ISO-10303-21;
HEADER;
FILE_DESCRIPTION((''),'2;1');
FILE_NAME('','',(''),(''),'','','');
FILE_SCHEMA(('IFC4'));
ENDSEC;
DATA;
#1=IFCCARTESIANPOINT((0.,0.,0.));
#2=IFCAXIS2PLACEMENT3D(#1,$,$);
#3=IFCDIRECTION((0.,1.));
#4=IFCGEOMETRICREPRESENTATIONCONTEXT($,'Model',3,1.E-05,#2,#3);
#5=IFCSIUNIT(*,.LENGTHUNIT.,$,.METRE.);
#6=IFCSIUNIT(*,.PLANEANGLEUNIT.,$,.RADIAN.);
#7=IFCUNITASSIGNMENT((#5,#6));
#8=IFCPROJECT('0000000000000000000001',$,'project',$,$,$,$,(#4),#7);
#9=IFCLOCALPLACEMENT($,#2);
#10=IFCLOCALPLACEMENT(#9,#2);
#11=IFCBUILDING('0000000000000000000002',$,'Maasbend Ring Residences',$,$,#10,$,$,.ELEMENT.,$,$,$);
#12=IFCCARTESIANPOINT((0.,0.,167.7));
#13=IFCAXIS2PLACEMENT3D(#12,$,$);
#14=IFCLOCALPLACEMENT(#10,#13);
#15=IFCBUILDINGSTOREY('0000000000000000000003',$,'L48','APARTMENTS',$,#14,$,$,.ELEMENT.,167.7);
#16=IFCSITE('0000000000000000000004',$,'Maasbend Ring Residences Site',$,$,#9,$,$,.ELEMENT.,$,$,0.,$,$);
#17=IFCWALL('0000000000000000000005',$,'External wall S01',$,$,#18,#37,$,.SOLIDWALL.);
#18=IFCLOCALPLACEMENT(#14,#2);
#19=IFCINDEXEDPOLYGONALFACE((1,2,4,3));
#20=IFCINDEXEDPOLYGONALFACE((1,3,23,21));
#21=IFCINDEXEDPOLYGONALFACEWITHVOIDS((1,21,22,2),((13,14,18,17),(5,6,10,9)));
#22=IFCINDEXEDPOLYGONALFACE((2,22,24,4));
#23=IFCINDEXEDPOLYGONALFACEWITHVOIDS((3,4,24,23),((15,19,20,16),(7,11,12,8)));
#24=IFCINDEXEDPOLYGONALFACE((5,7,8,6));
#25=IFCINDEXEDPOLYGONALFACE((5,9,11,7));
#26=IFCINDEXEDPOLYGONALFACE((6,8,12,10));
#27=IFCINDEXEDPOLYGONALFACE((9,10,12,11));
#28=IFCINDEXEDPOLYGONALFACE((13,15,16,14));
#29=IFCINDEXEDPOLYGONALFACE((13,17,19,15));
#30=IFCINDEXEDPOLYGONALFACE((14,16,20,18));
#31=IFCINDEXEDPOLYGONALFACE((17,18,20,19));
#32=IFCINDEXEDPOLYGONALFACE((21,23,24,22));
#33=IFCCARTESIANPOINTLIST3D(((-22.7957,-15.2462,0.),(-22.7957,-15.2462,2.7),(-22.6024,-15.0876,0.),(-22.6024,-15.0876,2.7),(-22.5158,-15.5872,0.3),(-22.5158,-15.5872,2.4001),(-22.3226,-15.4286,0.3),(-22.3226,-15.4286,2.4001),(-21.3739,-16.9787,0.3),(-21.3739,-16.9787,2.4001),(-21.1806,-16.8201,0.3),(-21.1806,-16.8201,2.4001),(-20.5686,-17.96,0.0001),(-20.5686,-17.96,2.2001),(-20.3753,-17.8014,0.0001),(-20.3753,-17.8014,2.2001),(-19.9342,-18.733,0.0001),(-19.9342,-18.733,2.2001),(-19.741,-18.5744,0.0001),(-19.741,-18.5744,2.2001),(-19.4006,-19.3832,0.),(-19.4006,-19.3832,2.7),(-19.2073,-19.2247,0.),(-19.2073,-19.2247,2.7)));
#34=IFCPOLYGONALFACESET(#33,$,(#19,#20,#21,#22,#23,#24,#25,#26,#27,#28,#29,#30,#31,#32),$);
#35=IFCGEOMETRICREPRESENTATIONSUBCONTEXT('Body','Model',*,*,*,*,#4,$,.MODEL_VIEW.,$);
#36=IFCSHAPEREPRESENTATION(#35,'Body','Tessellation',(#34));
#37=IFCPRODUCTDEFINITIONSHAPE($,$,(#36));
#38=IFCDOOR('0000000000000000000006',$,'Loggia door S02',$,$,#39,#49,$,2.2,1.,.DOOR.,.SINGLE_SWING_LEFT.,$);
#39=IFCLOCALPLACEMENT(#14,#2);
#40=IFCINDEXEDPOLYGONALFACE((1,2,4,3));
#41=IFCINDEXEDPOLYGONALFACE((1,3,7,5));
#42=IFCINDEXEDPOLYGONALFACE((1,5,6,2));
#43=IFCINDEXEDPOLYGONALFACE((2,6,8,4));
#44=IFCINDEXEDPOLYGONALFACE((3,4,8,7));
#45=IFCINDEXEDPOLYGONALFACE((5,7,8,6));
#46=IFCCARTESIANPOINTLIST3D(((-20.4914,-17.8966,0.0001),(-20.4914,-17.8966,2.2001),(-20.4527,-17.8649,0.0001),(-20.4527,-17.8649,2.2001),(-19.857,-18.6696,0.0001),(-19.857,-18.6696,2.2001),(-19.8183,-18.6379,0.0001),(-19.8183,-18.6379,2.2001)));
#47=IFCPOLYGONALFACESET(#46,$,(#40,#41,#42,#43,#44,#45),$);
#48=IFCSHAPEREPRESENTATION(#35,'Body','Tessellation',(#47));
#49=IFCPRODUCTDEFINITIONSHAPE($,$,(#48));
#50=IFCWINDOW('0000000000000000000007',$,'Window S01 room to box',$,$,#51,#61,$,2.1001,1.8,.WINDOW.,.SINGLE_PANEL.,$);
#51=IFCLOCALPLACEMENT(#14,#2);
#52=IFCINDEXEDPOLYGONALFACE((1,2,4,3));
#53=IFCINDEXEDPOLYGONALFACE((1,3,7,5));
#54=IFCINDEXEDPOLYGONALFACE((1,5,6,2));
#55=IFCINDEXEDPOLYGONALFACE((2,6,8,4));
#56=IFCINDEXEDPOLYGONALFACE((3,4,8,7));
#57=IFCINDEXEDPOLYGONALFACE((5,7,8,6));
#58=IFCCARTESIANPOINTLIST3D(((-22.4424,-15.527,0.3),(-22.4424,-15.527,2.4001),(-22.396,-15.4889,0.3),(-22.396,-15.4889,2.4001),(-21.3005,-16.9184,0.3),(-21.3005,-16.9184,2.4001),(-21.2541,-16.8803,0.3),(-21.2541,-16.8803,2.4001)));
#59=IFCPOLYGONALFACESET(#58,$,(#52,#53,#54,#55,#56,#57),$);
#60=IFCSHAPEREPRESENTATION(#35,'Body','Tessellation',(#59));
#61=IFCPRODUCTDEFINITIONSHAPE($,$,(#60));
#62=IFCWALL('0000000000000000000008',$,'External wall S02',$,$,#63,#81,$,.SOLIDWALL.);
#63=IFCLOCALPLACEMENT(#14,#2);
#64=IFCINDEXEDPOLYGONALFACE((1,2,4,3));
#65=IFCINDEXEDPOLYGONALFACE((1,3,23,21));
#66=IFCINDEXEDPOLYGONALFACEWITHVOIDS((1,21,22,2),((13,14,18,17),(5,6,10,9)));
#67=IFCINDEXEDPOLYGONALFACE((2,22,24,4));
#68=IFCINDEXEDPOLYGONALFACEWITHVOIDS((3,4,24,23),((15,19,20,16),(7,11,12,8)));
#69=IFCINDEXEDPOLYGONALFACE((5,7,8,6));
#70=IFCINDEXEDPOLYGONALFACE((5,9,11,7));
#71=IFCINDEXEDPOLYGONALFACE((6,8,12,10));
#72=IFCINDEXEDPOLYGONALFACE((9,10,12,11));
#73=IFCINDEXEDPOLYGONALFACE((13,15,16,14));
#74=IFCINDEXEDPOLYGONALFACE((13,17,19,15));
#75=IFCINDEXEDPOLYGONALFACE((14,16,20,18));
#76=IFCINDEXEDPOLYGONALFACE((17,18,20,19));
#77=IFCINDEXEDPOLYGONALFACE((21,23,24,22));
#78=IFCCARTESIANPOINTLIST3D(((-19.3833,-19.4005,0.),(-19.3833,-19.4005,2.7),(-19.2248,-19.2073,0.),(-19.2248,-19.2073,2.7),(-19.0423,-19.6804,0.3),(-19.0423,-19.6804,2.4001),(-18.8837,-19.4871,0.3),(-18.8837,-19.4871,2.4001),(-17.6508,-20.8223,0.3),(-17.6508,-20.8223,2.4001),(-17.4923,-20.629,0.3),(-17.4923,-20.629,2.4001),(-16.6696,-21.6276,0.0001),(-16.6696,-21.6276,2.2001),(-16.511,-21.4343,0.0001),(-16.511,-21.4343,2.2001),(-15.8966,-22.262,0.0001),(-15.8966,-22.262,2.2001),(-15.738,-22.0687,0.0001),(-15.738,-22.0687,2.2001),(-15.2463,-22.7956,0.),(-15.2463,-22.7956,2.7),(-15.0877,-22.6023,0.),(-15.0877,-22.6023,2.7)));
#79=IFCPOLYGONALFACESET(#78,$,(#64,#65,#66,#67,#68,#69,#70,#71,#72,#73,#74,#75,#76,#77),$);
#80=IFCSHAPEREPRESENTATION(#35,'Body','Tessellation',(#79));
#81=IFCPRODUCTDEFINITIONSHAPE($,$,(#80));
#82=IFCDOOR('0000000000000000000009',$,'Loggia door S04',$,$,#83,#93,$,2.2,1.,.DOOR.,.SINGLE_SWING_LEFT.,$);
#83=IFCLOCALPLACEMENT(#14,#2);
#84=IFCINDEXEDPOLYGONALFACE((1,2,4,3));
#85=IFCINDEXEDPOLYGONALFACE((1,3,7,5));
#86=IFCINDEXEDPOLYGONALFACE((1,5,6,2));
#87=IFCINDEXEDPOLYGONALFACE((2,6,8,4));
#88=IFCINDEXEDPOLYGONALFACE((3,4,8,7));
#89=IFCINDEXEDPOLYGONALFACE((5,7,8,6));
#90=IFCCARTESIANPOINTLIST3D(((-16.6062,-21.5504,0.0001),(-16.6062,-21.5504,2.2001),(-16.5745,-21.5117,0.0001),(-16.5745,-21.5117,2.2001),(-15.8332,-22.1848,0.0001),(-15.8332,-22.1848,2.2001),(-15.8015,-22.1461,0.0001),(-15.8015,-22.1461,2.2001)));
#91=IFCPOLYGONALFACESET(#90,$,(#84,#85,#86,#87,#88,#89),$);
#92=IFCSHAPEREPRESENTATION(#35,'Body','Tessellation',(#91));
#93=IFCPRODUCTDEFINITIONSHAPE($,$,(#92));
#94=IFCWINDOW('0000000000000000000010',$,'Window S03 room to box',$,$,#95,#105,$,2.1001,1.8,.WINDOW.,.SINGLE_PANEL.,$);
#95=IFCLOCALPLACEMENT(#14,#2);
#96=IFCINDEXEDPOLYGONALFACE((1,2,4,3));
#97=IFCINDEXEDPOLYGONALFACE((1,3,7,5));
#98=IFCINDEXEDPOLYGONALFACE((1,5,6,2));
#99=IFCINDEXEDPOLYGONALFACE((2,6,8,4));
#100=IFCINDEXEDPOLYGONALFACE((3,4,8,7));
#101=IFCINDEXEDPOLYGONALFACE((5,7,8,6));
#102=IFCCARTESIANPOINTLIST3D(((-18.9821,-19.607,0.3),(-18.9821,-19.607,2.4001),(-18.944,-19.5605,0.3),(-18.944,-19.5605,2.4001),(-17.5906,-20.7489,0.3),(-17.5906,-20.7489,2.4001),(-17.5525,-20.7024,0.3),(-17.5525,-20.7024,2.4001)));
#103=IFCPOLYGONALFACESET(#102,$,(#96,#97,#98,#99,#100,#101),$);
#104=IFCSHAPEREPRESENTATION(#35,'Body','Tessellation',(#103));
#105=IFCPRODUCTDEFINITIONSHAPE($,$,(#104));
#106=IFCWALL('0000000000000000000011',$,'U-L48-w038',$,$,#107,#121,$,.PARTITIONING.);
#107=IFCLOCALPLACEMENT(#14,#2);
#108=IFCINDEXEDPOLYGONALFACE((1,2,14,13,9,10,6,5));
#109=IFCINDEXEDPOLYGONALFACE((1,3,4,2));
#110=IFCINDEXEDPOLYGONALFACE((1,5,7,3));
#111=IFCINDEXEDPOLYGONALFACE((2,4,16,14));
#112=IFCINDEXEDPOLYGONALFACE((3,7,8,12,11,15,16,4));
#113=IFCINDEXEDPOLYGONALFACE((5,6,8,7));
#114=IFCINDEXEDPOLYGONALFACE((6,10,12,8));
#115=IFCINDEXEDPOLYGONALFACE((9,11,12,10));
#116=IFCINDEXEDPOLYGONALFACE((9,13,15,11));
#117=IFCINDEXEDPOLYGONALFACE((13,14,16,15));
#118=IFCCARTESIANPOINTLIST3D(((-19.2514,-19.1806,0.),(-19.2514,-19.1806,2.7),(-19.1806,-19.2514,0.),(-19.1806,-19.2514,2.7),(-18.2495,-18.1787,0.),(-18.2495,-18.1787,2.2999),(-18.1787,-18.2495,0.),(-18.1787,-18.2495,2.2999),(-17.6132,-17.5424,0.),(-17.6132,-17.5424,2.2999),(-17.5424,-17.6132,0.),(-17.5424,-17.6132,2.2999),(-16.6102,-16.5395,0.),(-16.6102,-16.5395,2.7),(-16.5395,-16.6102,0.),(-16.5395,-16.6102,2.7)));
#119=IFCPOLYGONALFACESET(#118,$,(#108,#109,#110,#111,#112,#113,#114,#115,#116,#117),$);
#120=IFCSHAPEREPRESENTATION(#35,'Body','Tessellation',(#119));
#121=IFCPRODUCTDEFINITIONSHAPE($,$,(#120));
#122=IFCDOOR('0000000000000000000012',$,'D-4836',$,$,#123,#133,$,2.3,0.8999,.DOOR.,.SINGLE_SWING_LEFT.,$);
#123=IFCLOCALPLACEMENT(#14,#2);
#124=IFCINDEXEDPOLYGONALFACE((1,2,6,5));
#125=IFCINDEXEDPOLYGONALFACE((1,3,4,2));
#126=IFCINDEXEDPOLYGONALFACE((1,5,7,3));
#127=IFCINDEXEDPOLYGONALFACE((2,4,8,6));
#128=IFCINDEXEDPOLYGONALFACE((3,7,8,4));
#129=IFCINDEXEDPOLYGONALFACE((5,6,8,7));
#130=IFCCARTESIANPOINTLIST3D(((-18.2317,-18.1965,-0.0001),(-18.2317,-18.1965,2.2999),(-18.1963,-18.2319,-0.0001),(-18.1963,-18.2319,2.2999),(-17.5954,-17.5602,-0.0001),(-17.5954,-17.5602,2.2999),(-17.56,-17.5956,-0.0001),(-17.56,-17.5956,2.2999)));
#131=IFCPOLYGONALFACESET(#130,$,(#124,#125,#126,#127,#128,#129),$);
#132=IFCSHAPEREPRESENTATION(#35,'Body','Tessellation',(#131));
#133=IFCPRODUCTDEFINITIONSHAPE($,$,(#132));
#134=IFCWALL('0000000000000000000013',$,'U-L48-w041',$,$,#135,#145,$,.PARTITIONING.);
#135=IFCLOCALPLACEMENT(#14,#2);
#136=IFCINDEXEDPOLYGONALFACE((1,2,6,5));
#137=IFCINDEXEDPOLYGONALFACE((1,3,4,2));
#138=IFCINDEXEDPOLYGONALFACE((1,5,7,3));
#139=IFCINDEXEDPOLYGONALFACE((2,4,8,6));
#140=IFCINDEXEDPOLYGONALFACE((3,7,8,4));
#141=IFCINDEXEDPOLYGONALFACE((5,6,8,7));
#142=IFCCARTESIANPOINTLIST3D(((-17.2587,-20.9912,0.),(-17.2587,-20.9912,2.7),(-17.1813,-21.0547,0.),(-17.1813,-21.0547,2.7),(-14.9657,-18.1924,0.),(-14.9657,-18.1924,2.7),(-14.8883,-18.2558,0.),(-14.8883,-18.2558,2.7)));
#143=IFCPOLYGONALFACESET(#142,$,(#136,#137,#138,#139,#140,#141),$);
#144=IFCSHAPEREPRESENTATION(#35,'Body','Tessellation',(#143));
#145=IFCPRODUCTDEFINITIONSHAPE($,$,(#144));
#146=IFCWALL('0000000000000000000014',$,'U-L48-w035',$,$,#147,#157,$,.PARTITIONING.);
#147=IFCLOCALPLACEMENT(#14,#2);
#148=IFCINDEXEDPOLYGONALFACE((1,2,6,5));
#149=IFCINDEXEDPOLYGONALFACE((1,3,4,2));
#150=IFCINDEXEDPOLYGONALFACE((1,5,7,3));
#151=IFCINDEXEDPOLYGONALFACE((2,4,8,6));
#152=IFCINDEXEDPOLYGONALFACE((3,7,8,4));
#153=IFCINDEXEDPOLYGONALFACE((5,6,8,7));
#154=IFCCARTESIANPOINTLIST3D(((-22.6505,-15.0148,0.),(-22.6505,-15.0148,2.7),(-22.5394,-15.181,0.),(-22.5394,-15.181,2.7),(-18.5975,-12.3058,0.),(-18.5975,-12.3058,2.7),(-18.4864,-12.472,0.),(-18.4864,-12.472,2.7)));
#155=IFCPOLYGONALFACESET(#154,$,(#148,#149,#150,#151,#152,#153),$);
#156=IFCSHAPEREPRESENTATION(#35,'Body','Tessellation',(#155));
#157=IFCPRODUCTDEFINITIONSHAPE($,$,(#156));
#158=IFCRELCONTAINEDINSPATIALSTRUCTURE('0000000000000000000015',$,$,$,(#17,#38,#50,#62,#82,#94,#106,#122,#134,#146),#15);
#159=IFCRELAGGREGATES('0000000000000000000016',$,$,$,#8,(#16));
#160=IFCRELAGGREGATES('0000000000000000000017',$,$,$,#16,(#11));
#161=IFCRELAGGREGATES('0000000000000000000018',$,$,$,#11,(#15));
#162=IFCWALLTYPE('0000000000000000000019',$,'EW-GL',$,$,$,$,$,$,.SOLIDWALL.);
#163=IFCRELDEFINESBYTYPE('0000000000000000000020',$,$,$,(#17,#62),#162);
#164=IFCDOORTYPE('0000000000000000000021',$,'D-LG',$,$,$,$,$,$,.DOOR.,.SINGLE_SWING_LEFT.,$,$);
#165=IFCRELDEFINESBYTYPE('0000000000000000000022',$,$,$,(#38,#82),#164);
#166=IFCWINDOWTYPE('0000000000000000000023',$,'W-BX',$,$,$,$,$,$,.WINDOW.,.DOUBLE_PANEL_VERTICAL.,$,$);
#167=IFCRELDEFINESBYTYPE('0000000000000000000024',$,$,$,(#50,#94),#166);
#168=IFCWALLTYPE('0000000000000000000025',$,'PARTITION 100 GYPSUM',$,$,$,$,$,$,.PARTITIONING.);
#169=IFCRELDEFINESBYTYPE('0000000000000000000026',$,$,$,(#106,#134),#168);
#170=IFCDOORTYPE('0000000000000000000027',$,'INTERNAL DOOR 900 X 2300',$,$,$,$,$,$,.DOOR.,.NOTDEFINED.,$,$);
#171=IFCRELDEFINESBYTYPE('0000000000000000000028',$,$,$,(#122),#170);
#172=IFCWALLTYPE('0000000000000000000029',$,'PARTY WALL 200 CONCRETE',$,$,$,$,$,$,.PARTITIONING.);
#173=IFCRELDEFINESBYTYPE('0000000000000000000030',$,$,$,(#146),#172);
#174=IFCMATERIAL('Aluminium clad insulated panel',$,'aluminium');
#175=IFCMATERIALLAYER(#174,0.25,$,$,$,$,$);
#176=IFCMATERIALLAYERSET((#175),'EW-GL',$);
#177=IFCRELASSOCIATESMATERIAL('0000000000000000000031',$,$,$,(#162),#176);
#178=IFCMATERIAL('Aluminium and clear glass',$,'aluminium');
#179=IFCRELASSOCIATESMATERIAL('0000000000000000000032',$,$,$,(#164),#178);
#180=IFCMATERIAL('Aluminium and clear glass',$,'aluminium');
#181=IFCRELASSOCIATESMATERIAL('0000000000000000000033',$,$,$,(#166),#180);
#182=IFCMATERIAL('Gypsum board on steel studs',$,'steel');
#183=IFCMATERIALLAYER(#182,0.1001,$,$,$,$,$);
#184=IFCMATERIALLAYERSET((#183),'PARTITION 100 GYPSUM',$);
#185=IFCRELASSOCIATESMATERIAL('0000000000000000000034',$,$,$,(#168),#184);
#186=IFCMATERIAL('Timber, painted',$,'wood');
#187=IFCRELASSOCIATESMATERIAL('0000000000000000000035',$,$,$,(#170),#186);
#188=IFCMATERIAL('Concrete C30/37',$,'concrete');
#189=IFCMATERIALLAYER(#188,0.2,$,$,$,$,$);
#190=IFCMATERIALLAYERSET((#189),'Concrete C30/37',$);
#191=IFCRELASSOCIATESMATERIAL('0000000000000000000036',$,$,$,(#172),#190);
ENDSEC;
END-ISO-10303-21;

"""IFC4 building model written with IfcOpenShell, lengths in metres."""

from ifc_helpers import new_model, si_unit, direction, frame, frame_2d, origin, place, context, subcontext, project, spatial, rectangle, extrude, material, layer, layer_set, type_object, element, fill, save


model = new_model("IFC4")

# Units and contexts
model_context = context("Model", 3, precision=1e-05, world=origin(), true_north=direction((0.0, 1.0)))
body_context = subcontext(model_context, "Body", "Model", "MODEL_VIEW")
ifc_project = project(units=[si_unit("LENGTHUNIT", "METRE"), si_unit("PLANEANGLEUNIT", "RADIAN")], contexts=[model_context])

# Site, building, storey
site_placement = place(None, origin())
site = spatial("IfcSite", under=ifc_project, at=site_placement, Name="Maasbend Ring Residences Site", CompositionType="ELEMENT", RefElevation=0.0)
building_placement = place(site_placement, origin())
building = spatial("IfcBuilding", under=site, at=building_placement, Name="Maasbend Ring Residences", CompositionType="ELEMENT")
storey_placement = place(building_placement, frame((0.0, 0.0, 167.7)))
storey = spatial("IfcBuildingStorey", under=building, at=storey_placement, Name="L48", Description="APARTMENTS", CompositionType="ELEMENT", Elevation=167.7)

# Walls, openings, doors, windows
ifc_material_1 = material(Name="Aluminium clad insulated panel", Category="aluminium")
ifc_layer_1 = layer(ifc_material_1, 0.25)
ifc_layer_set_1 = layer_set([ifc_layer_1], Name="EW-GL")
wall_type_1 = type_object("IfcWallType", Name="EW-GL", PredefinedType="SOLIDWALL", material=ifc_layer_set_1)
wall_1_placement = place(storey_placement, frame((-22.699, -15.167, 0.0), z_axis=(0.0, 0.0, 1.0), x_axis=(0.634382, -0.773019, 0.0)))
wall_1 = element("IfcWall", 1, at=wall_1_placement, inside=storey, type_object=wall_type_1, Name="External wall S01", PredefinedType="SOLIDWALL", context=body_context, shape_type="SweptSolid", body=[
    extrude(rectangle(XDim=5.3518, YDim=0.25, at=frame_2d((2.6758, 0.0))), origin(), (0.0, 0.0, 1.0), 2.7),
])
opening_1_placement = place(wall_1_placement, frame((0.4412, 0.0, 0.3)))
opening_1 = element("IfcOpeningElement", 2, at=opening_1_placement, cuts=wall_1, PredefinedType="OPENING", context=body_context, shape_type="SweptSolid", body=[
    extrude(rectangle(XDim=1.8, YDim=2.1001, at=frame_2d((0.8999, 1.05))), frame((0.0, 0.135, 0.0), z_axis=(0.0, -1.0, 0.0), x_axis=(1.0, 0.0, 0.0)), (0.0, 0.0, 1.0), 0.27),
])
opening_2_placement = place(wall_1_placement, frame((3.5105, 0.0, 0.0)))
opening_2 = element("IfcOpeningElement", 3, at=opening_2_placement, cuts=wall_1, PredefinedType="OPENING", context=body_context, shape_type="SweptSolid", body=[
    extrude(rectangle(XDim=1.0, YDim=2.2, at=frame_2d((0.5, 1.1001))), frame((0.0, 0.135, 0.0), z_axis=(0.0, -1.0, 0.0), x_axis=(1.0, 0.0, 0.0)), (0.0, 0.0, 1.0), 0.27),
])
ifc_material_2 = material(Name="Aluminium and clear glass", Category="aluminium")
door_type_1 = type_object("IfcDoorType", Name="D-LG", OperationType="SINGLE_SWING_LEFT", PredefinedType="DOOR", material=ifc_material_2)
door_1_placement = place(opening_2_placement, origin())
door_1 = element("IfcDoor", 4, at=door_1_placement, inside=storey, type_object=door_type_1, Name="Loggia door S02", OperationType="SINGLE_SWING_LEFT", OverallHeight=2.2, OverallWidth=1.0, PredefinedType="DOOR", context=body_context, shape_type="SweptSolid", body=[
    extrude(rectangle(XDim=1.0, YDim=2.2, at=frame_2d((0.5, 1.1001))), frame((0.0, 0.0249, 0.0), z_axis=(0.0, -1.0, 0.0), x_axis=(1.0, 0.0, 0.0)), (0.0, 0.0, 1.0), 0.05),
])
fill(opening_2, door_1)
ifc_material_3 = material(Name="Aluminium and clear glass", Category="aluminium")
window_type_1 = type_object("IfcWindowType", Name="W-BX", PartitioningType="DOUBLE_PANEL_VERTICAL", PredefinedType="WINDOW", material=ifc_material_3)
window_1_placement = place(opening_1_placement, origin())
window_1 = element("IfcWindow", 5, at=window_1_placement, inside=storey, type_object=window_type_1, Name="Window S01 room to box", OverallHeight=2.1001, OverallWidth=1.8, PartitioningType="SINGLE_PANEL", PredefinedType="WINDOW", context=body_context, shape_type="SweptSolid", body=[
    extrude(rectangle(XDim=1.8, YDim=2.1001, at=frame_2d((0.8999, 1.05))), frame((0.0, 0.03, 0.0), z_axis=(0.0, -1.0, 0.0), x_axis=(1.0, 0.0, 0.0)), (0.0, 0.0, 1.0), 0.0601),
])
fill(opening_1, window_1)
wall_2_placement = place(storey_placement, frame((-19.304, -19.304, 0.0), z_axis=(0.0, 0.0, 1.0), x_axis=(0.773019, -0.634382, 0.0)))
wall_2 = element("IfcWall", 6, at=wall_2_placement, inside=storey, type_object=wall_type_1, Name="External wall S02", PredefinedType="SOLIDWALL", context=body_context, shape_type="SweptSolid", body=[
    extrude(rectangle(XDim=5.3518, YDim=0.25, at=frame_2d((2.6758, 0.0))), origin(), (0.0, 0.0, 1.0), 2.7),
])
opening_3_placement = place(wall_2_placement, frame((0.4412, 0.0, 0.3)))
opening_3 = element("IfcOpeningElement", 7, at=opening_3_placement, cuts=wall_2, PredefinedType="OPENING", context=body_context, shape_type="SweptSolid", body=[
    extrude(rectangle(XDim=1.8, YDim=2.1001, at=frame_2d((0.8999, 1.05))), frame((0.0, 0.135, 0.0), z_axis=(0.0, -1.0, 0.0), x_axis=(1.0, 0.0, 0.0)), (0.0, 0.0, 1.0), 0.27),
])
opening_4_placement = place(wall_2_placement, frame((3.5105, 0.0, 0.0)))
opening_4 = element("IfcOpeningElement", 8, at=opening_4_placement, cuts=wall_2, PredefinedType="OPENING", context=body_context, shape_type="SweptSolid", body=[
    extrude(rectangle(XDim=1.0, YDim=2.2, at=frame_2d((0.5, 1.1001))), frame((0.0, 0.135, 0.0), z_axis=(0.0, -1.0, 0.0), x_axis=(1.0, 0.0, 0.0)), (0.0, 0.0, 1.0), 0.27),
])
door_2_placement = place(opening_4_placement, origin())
door_2 = element("IfcDoor", 9, at=door_2_placement, inside=storey, type_object=door_type_1, Name="Loggia door S04", OperationType="SINGLE_SWING_LEFT", OverallHeight=2.2, OverallWidth=1.0, PredefinedType="DOOR", context=body_context, shape_type="SweptSolid", body=[
    extrude(rectangle(XDim=1.0, YDim=2.2, at=frame_2d((0.5, 1.1001))), frame((0.0, 0.0249, 0.0), z_axis=(0.0, -1.0, 0.0), x_axis=(1.0, 0.0, 0.0)), (0.0, 0.0, 1.0), 0.05),
])
fill(opening_4, door_2)
window_2_placement = place(opening_3_placement, origin())
window_2 = element("IfcWindow", 10, at=window_2_placement, inside=storey, type_object=window_type_1, Name="Window S03 room to box", OverallHeight=2.1001, OverallWidth=1.8, PartitioningType="SINGLE_PANEL", PredefinedType="WINDOW", context=body_context, shape_type="SweptSolid", body=[
    extrude(rectangle(XDim=1.8, YDim=2.1001, at=frame_2d((0.8999, 1.05))), frame((0.0, 0.03, 0.0), z_axis=(0.0, -1.0, 0.0), x_axis=(1.0, 0.0, 0.0)), (0.0, 0.0, 1.0), 0.0601),
])
fill(opening_3, window_2)

# Wall, opening, door
ifc_material_4 = material(Name="Gypsum board on steel studs", Category="steel")
ifc_layer_2 = layer(ifc_material_4, 0.1001)
ifc_layer_set_2 = layer_set([ifc_layer_2], Name="PARTITION 100 GYPSUM")
wall_type_2 = type_object("IfcWallType", Name="PARTITION 100 GYPSUM", PredefinedType="PARTITIONING", material=ifc_layer_set_2)
wall_3_placement = place(storey_placement, frame((-19.2161, -19.2161, 0.0), z_axis=(0.0, 0.0, 1.0), x_axis=(0.707107, 0.707107, 0.0)))
wall_3 = element("IfcWall", 11, at=wall_3_placement, inside=storey, type_object=wall_type_2, Name="U-L48-w038", PredefinedType="PARTITIONING", context=body_context, shape_type="SweptSolid", body=[
    extrude(rectangle(XDim=3.7351, YDim=0.1001, at=frame_2d((1.8677, 0.0))), origin(), (0.0, 0.0, 1.0), 2.7),
])
opening_5_placement = place(wall_3_placement, frame((1.417, 0.0, 0.0)))
opening_5 = element("IfcOpeningElement", 12, at=opening_5_placement, cuts=wall_3, PredefinedType="OPENING", context=body_context, shape_type="SweptSolid", body=[
    extrude(rectangle(XDim=0.8999, YDim=2.3, at=frame_2d((0.45, 1.1499))), frame((0.0, 0.0601, 0.0), z_axis=(0.0, -1.0, 0.0), x_axis=(1.0, 0.0, 0.0)), (0.0, 0.0, 1.0), 0.1201),
])
ifc_material_5 = material(Name="Timber, painted", Category="wood")
door_type_2 = type_object("IfcDoorType", Name="INTERNAL DOOR 900 X 2300", OperationType="NOTDEFINED", PredefinedType="DOOR", material=ifc_material_5)
door_3_placement = place(opening_5_placement, origin())
door_3 = element("IfcDoor", 13, at=door_3_placement, inside=storey, type_object=door_type_2, Name="D-4836", OperationType="SINGLE_SWING_LEFT", OverallHeight=2.3, OverallWidth=0.8999, PredefinedType="DOOR", context=body_context, shape_type="SweptSolid", body=[
    extrude(rectangle(XDim=0.8999, YDim=2.3, at=frame_2d((0.45, 1.1499))), frame((0.0, 0.0249, 0.0), z_axis=(0.0, -1.0, 0.0), x_axis=(1.0, 0.0, 0.0)), (0.0, 0.0, 1.0), 0.05),
])
fill(opening_5, door_3)

# Walls
wall_4_placement = place(storey_placement, frame((-17.22, -21.0229, 0.0), z_axis=(0.0, 0.0, 1.0), x_axis=(0.633737, 0.773548, 0.0)))
element("IfcWall", 14, at=wall_4_placement, inside=storey, type_object=wall_type_2, Name="U-L48-w041", PredefinedType="PARTITIONING", context=body_context, shape_type="SweptSolid", body=[
    extrude(rectangle(XDim=3.6182, YDim=0.1001, at=frame_2d((1.8091, 0.0))), origin(), (0.0, 0.0, 1.0), 2.7),
])
ifc_material_6 = material(Name="Concrete C30/37", Category="concrete")
ifc_layer_3 = layer(ifc_material_6, 0.2)
ifc_layer_set_3 = layer_set([ifc_layer_3], Name="Concrete C30/37")
wall_type_3 = type_object("IfcWallType", Name="PARTY WALL 200 CONCRETE", PredefinedType="PARTITIONING", material=ifc_layer_set_3)
wall_5_placement = place(storey_placement, frame((-22.595, -15.0979, 0.0), z_axis=(0.0, 0.0, 1.0), x_axis=(0.831387, 0.555694, 0.0)))
element("IfcWall", 15, at=wall_5_placement, inside=storey, type_object=wall_type_3, Name="U-L48-w035", PredefinedType="PARTITIONING", context=body_context, shape_type="SweptSolid", body=[
    extrude(rectangle(XDim=4.875, YDim=0.2, at=frame_2d((2.4375, 0.0))), origin(), (0.0, 0.0, 1.0), 2.7),
])

save(model, "model.ifc")
